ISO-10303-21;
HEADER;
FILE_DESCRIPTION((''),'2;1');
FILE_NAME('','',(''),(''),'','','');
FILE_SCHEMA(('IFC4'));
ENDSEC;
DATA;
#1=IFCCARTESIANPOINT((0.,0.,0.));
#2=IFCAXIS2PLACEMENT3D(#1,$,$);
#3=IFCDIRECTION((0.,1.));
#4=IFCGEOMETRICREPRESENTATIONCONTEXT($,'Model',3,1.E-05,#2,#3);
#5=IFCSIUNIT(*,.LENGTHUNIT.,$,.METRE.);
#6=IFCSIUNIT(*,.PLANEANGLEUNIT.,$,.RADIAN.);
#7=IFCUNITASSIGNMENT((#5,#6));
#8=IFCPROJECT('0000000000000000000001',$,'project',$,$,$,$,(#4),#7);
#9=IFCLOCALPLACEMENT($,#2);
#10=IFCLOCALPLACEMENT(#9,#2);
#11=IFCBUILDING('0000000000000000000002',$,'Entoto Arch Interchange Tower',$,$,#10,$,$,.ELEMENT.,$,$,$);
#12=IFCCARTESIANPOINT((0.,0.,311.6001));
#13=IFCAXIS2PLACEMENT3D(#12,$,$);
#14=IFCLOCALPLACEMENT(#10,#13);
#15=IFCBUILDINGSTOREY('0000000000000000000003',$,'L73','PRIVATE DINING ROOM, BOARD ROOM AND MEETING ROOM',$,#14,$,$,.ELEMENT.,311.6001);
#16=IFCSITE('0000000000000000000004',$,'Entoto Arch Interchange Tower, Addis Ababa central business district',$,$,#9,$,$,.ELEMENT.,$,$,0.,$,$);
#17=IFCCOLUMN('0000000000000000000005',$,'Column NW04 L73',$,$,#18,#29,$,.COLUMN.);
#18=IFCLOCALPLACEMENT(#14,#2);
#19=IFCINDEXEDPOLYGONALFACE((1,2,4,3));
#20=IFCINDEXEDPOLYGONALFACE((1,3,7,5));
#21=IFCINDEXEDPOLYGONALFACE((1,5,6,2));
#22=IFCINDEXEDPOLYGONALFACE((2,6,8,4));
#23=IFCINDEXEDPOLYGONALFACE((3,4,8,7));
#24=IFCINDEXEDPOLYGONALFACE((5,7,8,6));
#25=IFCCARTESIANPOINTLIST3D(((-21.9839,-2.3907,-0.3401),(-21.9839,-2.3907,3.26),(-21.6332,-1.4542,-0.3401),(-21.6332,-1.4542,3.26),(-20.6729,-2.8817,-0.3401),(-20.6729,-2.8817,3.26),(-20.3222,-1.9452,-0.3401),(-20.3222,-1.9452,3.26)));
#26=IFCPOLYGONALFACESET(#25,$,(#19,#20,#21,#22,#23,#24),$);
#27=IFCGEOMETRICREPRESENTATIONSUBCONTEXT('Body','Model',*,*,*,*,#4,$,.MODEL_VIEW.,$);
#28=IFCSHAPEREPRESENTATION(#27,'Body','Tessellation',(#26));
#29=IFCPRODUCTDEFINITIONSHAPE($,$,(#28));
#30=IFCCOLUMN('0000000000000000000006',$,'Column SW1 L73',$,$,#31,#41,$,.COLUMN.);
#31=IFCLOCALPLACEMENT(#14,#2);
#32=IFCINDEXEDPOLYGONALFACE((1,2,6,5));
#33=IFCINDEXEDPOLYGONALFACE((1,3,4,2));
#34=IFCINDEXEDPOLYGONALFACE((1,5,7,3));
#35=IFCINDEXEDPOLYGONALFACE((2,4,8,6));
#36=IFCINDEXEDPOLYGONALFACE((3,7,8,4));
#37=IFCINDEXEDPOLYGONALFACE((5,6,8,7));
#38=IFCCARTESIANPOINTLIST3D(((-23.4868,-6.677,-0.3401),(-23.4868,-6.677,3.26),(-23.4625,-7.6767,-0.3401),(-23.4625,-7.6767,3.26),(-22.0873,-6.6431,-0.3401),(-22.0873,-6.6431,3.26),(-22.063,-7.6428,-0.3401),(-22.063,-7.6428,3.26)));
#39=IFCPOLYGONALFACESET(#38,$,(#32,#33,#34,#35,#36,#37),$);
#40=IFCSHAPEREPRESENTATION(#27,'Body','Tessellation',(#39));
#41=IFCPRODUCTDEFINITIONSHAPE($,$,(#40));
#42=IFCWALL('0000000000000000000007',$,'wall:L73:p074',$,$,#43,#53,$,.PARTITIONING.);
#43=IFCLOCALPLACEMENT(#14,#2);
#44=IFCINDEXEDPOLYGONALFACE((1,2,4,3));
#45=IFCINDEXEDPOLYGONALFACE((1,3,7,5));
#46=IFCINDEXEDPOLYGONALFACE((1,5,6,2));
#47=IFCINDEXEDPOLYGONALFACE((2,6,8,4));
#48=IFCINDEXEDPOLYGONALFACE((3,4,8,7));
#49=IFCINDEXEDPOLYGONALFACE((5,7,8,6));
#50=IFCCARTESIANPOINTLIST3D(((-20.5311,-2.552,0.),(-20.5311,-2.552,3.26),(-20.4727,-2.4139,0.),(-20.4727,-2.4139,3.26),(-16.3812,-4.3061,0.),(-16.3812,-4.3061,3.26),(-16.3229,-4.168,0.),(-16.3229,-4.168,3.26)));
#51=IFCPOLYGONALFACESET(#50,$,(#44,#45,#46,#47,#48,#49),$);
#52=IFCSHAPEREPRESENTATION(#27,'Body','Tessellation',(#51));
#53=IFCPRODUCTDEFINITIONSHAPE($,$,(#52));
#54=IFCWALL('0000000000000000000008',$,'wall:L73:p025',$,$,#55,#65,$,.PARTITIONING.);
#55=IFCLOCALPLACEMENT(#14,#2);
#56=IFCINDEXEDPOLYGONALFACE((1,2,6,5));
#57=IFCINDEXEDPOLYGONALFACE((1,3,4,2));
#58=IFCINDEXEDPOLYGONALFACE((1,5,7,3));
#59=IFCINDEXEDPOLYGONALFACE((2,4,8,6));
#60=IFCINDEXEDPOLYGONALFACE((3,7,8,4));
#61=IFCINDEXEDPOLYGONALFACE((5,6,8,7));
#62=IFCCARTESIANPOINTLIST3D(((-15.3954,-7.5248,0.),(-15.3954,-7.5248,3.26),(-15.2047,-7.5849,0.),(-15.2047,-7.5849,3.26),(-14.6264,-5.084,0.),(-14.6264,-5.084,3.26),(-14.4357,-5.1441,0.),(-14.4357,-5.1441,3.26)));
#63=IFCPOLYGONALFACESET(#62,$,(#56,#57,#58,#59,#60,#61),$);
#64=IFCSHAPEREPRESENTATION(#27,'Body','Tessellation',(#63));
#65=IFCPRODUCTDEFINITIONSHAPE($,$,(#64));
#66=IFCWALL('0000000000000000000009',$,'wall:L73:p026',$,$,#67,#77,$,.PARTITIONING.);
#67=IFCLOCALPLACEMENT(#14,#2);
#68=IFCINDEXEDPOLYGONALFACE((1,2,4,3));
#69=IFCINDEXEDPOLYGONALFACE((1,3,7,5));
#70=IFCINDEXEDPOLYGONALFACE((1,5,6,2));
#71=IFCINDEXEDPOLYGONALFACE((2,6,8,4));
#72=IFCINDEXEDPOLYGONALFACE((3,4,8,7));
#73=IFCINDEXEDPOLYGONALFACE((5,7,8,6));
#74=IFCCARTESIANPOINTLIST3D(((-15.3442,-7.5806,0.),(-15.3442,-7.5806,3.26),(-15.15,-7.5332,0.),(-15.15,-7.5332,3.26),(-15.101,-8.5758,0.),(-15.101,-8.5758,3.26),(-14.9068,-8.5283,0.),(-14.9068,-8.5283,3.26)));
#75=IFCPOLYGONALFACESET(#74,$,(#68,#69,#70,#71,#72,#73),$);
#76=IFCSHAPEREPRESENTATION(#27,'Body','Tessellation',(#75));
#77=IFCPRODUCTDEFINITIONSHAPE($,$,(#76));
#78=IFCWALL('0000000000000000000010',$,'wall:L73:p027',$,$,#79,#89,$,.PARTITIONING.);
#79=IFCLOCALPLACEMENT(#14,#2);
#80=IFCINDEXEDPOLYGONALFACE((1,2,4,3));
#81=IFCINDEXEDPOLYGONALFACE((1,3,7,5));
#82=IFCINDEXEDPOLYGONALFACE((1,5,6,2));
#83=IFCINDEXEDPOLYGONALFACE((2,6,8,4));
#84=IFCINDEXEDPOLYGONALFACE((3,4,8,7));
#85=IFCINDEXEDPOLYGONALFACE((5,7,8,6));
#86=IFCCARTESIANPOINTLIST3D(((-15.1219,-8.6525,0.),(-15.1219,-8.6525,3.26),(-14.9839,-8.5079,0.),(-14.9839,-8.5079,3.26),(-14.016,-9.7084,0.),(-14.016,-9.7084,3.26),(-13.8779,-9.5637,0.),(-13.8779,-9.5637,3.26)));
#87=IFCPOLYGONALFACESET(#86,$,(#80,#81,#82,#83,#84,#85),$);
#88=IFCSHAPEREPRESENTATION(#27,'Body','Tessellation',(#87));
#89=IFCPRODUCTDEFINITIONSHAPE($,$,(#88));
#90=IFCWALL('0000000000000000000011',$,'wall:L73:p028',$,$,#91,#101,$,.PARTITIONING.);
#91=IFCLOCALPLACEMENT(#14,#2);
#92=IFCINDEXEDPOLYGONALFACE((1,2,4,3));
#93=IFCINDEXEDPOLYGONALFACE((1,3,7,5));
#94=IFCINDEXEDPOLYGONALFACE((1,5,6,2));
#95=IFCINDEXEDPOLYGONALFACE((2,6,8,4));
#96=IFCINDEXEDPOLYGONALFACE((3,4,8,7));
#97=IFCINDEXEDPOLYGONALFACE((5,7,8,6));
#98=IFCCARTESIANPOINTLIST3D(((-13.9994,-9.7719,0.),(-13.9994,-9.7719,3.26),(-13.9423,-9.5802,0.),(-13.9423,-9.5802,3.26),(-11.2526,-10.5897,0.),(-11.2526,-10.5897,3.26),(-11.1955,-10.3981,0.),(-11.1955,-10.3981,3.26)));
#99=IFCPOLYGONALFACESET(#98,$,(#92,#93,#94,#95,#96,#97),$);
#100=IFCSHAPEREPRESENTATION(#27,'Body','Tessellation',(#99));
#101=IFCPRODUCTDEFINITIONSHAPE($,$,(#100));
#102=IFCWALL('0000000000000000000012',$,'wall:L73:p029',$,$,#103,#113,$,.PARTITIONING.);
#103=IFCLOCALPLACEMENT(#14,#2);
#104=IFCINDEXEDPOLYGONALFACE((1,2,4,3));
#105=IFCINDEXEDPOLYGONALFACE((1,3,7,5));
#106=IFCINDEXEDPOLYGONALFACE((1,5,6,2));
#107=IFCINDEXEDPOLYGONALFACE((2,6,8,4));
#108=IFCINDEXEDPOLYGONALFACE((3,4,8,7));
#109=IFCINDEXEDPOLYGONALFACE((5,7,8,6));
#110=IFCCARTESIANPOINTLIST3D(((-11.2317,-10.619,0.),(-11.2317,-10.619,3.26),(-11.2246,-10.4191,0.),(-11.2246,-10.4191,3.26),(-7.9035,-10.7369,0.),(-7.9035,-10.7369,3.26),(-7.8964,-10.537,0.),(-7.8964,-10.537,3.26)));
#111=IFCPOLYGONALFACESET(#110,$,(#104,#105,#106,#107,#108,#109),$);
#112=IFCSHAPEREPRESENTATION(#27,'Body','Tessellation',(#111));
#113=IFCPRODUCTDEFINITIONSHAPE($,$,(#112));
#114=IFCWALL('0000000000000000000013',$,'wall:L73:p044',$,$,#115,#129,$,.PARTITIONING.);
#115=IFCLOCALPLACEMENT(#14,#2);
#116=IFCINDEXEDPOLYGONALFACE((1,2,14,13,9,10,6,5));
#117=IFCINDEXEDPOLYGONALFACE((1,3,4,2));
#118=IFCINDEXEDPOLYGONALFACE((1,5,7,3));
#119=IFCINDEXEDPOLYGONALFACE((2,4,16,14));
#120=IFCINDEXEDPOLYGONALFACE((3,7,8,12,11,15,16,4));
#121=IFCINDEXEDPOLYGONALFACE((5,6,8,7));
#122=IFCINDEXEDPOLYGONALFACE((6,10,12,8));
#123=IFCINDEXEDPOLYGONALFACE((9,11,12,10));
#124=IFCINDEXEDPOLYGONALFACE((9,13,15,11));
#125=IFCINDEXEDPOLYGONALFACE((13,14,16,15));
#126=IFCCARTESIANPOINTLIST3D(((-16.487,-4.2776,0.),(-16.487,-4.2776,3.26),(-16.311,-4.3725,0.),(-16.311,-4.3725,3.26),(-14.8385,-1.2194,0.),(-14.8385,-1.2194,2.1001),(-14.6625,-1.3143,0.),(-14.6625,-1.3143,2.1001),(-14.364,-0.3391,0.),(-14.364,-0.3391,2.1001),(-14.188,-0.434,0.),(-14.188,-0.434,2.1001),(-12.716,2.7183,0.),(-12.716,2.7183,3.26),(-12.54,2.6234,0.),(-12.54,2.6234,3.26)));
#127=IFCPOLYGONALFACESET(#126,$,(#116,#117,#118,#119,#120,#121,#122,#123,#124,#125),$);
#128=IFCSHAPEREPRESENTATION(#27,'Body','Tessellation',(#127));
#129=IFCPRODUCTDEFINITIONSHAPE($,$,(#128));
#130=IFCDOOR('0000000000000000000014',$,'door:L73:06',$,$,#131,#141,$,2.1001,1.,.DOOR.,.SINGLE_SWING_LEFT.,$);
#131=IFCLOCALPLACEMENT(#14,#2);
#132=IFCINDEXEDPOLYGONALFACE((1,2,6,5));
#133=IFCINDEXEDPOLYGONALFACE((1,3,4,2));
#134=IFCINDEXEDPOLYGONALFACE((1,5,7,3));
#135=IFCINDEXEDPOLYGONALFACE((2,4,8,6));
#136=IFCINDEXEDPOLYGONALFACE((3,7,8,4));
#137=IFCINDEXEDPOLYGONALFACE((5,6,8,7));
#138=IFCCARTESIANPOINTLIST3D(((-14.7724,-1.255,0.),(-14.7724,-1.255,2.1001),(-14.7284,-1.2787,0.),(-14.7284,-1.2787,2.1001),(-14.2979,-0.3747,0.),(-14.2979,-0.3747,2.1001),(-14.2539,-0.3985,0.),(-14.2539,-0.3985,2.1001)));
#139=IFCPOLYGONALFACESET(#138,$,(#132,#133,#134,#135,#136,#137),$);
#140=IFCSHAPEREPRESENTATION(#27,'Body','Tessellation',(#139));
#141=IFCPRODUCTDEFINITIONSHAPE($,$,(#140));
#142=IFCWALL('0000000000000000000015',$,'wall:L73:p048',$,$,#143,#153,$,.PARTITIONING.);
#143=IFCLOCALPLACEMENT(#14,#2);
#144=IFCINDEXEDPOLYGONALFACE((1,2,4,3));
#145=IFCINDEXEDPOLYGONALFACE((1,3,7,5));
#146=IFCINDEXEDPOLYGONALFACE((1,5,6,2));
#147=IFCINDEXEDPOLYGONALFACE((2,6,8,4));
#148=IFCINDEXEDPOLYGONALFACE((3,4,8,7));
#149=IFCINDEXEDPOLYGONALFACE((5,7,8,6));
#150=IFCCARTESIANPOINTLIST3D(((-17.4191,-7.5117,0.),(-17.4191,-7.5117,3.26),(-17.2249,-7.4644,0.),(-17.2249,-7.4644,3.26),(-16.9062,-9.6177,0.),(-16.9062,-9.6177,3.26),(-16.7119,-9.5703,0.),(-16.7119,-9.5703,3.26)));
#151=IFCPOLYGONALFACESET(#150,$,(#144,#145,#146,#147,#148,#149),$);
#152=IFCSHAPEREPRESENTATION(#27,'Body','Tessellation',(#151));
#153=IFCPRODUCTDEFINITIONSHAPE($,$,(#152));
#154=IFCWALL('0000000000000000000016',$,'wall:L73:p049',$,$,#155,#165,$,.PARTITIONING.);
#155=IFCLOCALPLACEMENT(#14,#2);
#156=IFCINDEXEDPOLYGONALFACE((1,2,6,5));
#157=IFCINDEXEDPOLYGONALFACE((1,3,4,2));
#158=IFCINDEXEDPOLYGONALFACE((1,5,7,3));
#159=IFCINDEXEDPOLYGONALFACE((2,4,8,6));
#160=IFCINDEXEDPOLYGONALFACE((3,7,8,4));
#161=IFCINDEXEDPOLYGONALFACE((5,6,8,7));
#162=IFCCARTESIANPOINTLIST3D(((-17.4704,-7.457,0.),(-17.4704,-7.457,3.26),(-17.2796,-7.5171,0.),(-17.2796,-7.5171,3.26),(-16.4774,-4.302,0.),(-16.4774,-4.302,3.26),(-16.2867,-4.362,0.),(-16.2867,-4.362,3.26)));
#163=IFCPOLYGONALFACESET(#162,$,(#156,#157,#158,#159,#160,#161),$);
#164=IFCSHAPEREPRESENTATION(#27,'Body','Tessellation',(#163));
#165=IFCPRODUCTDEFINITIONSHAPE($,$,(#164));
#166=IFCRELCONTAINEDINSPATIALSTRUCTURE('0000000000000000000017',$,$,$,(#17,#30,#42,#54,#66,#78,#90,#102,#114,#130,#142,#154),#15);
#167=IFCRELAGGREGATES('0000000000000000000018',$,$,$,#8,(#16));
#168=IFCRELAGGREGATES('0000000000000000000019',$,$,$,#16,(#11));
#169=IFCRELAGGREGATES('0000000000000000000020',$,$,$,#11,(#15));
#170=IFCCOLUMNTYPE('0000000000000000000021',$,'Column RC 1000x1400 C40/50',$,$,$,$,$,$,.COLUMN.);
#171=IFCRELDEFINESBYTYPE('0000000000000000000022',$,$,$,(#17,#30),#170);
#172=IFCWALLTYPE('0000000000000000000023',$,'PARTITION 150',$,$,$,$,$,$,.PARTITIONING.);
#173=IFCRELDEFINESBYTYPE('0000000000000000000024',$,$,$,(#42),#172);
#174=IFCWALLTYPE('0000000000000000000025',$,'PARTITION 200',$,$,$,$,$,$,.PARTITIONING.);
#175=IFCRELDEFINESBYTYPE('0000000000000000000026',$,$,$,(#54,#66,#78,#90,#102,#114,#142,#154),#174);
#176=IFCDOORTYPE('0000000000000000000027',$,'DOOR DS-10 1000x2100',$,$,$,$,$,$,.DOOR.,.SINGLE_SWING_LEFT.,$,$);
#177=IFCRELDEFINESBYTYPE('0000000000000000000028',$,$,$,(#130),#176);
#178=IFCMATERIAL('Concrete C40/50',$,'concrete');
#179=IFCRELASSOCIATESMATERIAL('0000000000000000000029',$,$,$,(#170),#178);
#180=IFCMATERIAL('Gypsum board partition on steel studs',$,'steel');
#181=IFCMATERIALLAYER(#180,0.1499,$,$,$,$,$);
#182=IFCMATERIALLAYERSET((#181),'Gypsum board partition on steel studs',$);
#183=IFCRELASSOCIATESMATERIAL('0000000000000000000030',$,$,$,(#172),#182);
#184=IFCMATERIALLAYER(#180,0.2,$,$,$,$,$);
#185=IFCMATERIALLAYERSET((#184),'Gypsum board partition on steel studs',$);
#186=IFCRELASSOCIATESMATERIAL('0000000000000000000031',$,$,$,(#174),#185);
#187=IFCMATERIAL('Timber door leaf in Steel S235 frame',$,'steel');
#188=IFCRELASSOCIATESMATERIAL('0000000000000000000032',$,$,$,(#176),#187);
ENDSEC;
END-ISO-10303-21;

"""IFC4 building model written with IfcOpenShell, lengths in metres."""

from ifc_helpers import new_model, si_unit, direction, frame, frame_2d, origin, origin_2d, place, context, subcontext, project, spatial, rectangle, extrude, material, layer, layer_set, material_profile, profile_set, type_object, element, fill, save


model = new_model("IFC4")

# Units and contexts
model_context = context("Model", 3, precision=1e-05, world=origin(), true_north=direction((0.0, 1.0)))
body_context = subcontext(model_context, "Body", "Model", "MODEL_VIEW")
ifc_project = project(units=[si_unit("LENGTHUNIT", "METRE"), si_unit("PLANEANGLEUNIT", "RADIAN")], contexts=[model_context])

# Site, building, storey
site_placement = place(None, origin())
site = spatial("IfcSite", under=ifc_project, at=site_placement, Name="Entoto Arch Interchange Tower, Addis Ababa central business district", CompositionType="ELEMENT", RefElevation=0.0)
building_placement = place(site_placement, origin())
building = spatial("IfcBuilding", under=site, at=building_placement, Name="Entoto Arch Interchange Tower", CompositionType="ELEMENT")
storey_placement = place(building_placement, frame((0.0, 0.0, 311.6001)))
storey = spatial("IfcBuildingStorey", under=building, at=storey_placement, Name="L73", Description="PRIVATE DINING ROOM, BOARD ROOM AND MEETING ROOM", CompositionType="ELEMENT", Elevation=311.6001)

# Columns
ifc_material_1 = material(Name="Concrete C40/50", Category="concrete")
ifc_material_profile = material_profile(ifc_material_1, rectangle(XDim=1.0, YDim=1.3999, at=origin_2d()))
ifc_profile_set = profile_set([ifc_material_profile], Name="Concrete C40/50")
column_type = type_object("IfcColumnType", Name="Column RC 1000x1400 C40/50", PredefinedType="COLUMN", material=ifc_profile_set)
for number, where, z_axis, x_axis, name in (
    (1, (-21.1531, -2.168, -0.3401), (0.0, 0.0, 1.0), (0.350714, 0.936483, 0.0), "Column NW04 L73"),
    (2, (-22.7749, -7.1599, -0.3401), (0.0, 0.0, 1.0), (-0.024258, 0.999706, 0.0), "Column SW1 L73"),
):
    element("IfcColumn", number, at=place(storey_placement, frame(where, z_axis=z_axis, x_axis=x_axis)), inside=storey, type_object=column_type, Name=name, PredefinedType="COLUMN", context=body_context, shape_type="SweptSolid", body=[
        extrude(rectangle(XDim=1.0, YDim=1.3999, at=origin_2d()), origin(), (0.0, 0.0, 1.0), 3.6001),
    ])

# Walls
ifc_material_2 = material(Name="Gypsum board partition on steel studs", Category="steel")
ifc_layer_1 = layer(ifc_material_2, 0.1499)
ifc_layer_set_1 = layer_set([ifc_layer_1], Name="Gypsum board partition on steel studs")
wall_type_1 = type_object("IfcWallType", Name="PARTITION 150", PredefinedType="PARTITIONING", material=ifc_layer_set_1)
wall_1_placement = place(storey_placement, frame((-16.3521, -4.2371, 0.0), z_axis=(0.0, 0.0, 1.0), x_axis=(-0.921093, 0.389343, 0.0)))
element("IfcWall", 3, at=wall_1_placement, inside=storey, type_object=wall_type_1, Name="wall:L73:p074", PredefinedType="PARTITIONING", context=body_context, shape_type="SweptSolid", body=[
    extrude(rectangle(XDim=4.5054, YDim=0.1499, at=frame_2d((2.2527, 0.0))), origin(), (0.0, 0.0, 1.0), 3.26),
])
ifc_layer_2 = layer(ifc_material_2, 0.2)
ifc_layer_set_2 = layer_set([ifc_layer_2], Name="Gypsum board partition on steel studs")
wall_type_2 = type_object("IfcWallType", Name="PARTITION 200", PredefinedType="PARTITIONING", material=ifc_layer_set_2)
wall_2_placement = place(storey_placement, frame((-14.531, -5.114, 0.0), z_axis=(0.0, 0.0, 1.0), x_axis=(-0.300501, -0.953781, 0.0)))
element("IfcWall", 4, at=wall_2_placement, inside=storey, type_object=wall_type_2, Name="wall:L73:p025", PredefinedType="PARTITIONING", context=body_context, shape_type="SweptSolid", body=[
    extrude(rectangle(XDim=2.5591, YDim=0.2, at=frame_2d((1.2795, 0.0))), origin(), (0.0, 0.0, 1.0), 3.26),
])
wall_3_placement = place(storey_placement, frame((-15.2471, -7.5569, 0.0), z_axis=(0.0, 0.0, 1.0), x_axis=(0.237373, -0.971419, 0.0)))
element("IfcWall", 5, at=wall_3_placement, inside=storey, type_object=wall_type_2, Name="wall:L73:p026", PredefinedType="PARTITIONING", context=body_context, shape_type="SweptSolid", body=[
    extrude(rectangle(XDim=1.0244, YDim=0.2, at=frame_2d((0.5122, 0.0))), origin(), (0.0, 0.0, 1.0), 3.26),
])
wall_4_placement = place(storey_placement, frame((-15.053, -8.5801, 0.0), z_axis=(0.0, 0.0, 1.0), x_axis=(0.723283, -0.690552, 0.0)))
element("IfcWall", 6, at=wall_4_placement, inside=storey, type_object=wall_type_2, Name="wall:L73:p027", PredefinedType="PARTITIONING", context=body_context, shape_type="SweptSolid", body=[
    extrude(rectangle(XDim=1.5291, YDim=0.2, at=frame_2d((0.7646, 0.0))), origin(), (0.0, 0.0, 1.0), 3.26),
])
wall_5_placement = place(storey_placement, frame((-13.9709, -9.676, 0.0), z_axis=(0.0, 0.0, 1.0), x_axis=(0.958417, -0.28537, 0.0)))
element("IfcWall", 7, at=wall_5_placement, inside=storey, type_object=wall_type_2, Name="wall:L73:p028", PredefinedType="PARTITIONING", context=body_context, shape_type="SweptSolid", body=[
    extrude(rectangle(XDim=2.866, YDim=0.2, at=frame_2d((1.4331, 0.0))), origin(), (0.0, 0.0, 1.0), 3.26),
])
wall_6_placement = place(storey_placement, frame((-11.228, -10.519, 0.0), z_axis=(0.0, 0.0, 1.0), x_axis=(0.999373, -0.035409, 0.0)))
element("IfcWall", 8, at=wall_6_placement, inside=storey, type_object=wall_type_2, Name="wall:L73:p029", PredefinedType="PARTITIONING", context=body_context, shape_type="SweptSolid", body=[
    extrude(rectangle(XDim=3.3303, YDim=0.2, at=frame_2d((1.665, 0.0))), origin(), (0.0, 0.0, 1.0), 3.26),
])

# Wall, opening, door
wall_7_placement = place(storey_placement, frame((-16.3989, -4.325, 0.0), z_axis=(0.0, 0.0, 1.0), x_axis=(0.47449, 0.880261, 0.0)))
wall_7 = element("IfcWall", 9, at=wall_7_placement, inside=storey, type_object=wall_type_2, Name="wall:L73:p044", PredefinedType="PARTITIONING", context=body_context, shape_type="SweptSolid", body=[
    extrude(rectangle(XDim=7.9475, YDim=0.2, at=frame_2d((3.9736, 0.0))), origin(), (0.0, 0.0, 1.0), 3.26),
])
opening_1_placement = place(wall_7_placement, frame((3.4741, 0.0, 0.0)))
opening_1 = element("IfcOpeningElement", 10, at=opening_1_placement, cuts=wall_7, PredefinedType="OPENING", context=body_context, shape_type="SweptSolid", body=[
    extrude(rectangle(XDim=1.0, YDim=2.1001, at=frame_2d((0.5, 1.05))), frame((0.0, 0.1099, 0.0), z_axis=(0.0, -1.0, 0.0), x_axis=(1.0, 0.0, 0.0)), (0.0, 0.0, 1.0), 0.22),
])
ifc_material_3 = material(Name="Timber door leaf in Steel S235 frame", Category="steel")
door_type = type_object("IfcDoorType", Name="DOOR DS-10 1000x2100", OperationType="SINGLE_SWING_LEFT", PredefinedType="DOOR", material=ifc_material_3)
door_placement = place(opening_1_placement, origin())
door = element("IfcDoor", 11, at=door_placement, inside=storey, type_object=door_type, Name="door:L73:06", OperationType="SINGLE_SWING_LEFT", OverallHeight=2.1001, OverallWidth=1.0, PredefinedType="DOOR", context=body_context, shape_type="SweptSolid", body=[
    extrude(rectangle(XDim=1.0, YDim=2.1001, at=frame_2d((0.5, 1.05))), frame((0.0, 0.0249, 0.0), z_axis=(0.0, -1.0, 0.0), x_axis=(1.0, 0.0, 0.0)), (0.0, 0.0, 1.0), 0.05),
])
fill(opening_1, door)

# Walls
wall_8_placement = place(storey_placement, frame((-16.8091, -9.594, 0.0), z_axis=(0.0, 0.0, 1.0), x_axis=(-0.236648, 0.971596, 0.0)))
element("IfcWall", 12, at=wall_8_placement, inside=storey, type_object=wall_type_2, Name="wall:L73:p048", PredefinedType="PARTITIONING", context=body_context, shape_type="SweptSolid", body=[
    extrude(rectangle(XDim=2.1675, YDim=0.2, at=frame_2d((1.0837, 0.0))), origin(), (0.0, 0.0, 1.0), 3.26),
])
wall_9_placement = place(storey_placement, frame((-17.375, -7.4871, 0.0), z_axis=(0.0, 0.0, 1.0), x_axis=(0.300195, 0.953878, 0.0)))
element("IfcWall", 13, at=wall_9_placement, inside=storey, type_object=wall_type_2, Name="wall:L73:p049", PredefinedType="PARTITIONING", context=body_context, shape_type="SweptSolid", body=[
    extrude(rectangle(XDim=3.3076, YDim=0.2, at=frame_2d((1.6538, 0.0))), origin(), (0.0, 0.0, 1.0), 3.26),
])

save(model, "model.ifc")
